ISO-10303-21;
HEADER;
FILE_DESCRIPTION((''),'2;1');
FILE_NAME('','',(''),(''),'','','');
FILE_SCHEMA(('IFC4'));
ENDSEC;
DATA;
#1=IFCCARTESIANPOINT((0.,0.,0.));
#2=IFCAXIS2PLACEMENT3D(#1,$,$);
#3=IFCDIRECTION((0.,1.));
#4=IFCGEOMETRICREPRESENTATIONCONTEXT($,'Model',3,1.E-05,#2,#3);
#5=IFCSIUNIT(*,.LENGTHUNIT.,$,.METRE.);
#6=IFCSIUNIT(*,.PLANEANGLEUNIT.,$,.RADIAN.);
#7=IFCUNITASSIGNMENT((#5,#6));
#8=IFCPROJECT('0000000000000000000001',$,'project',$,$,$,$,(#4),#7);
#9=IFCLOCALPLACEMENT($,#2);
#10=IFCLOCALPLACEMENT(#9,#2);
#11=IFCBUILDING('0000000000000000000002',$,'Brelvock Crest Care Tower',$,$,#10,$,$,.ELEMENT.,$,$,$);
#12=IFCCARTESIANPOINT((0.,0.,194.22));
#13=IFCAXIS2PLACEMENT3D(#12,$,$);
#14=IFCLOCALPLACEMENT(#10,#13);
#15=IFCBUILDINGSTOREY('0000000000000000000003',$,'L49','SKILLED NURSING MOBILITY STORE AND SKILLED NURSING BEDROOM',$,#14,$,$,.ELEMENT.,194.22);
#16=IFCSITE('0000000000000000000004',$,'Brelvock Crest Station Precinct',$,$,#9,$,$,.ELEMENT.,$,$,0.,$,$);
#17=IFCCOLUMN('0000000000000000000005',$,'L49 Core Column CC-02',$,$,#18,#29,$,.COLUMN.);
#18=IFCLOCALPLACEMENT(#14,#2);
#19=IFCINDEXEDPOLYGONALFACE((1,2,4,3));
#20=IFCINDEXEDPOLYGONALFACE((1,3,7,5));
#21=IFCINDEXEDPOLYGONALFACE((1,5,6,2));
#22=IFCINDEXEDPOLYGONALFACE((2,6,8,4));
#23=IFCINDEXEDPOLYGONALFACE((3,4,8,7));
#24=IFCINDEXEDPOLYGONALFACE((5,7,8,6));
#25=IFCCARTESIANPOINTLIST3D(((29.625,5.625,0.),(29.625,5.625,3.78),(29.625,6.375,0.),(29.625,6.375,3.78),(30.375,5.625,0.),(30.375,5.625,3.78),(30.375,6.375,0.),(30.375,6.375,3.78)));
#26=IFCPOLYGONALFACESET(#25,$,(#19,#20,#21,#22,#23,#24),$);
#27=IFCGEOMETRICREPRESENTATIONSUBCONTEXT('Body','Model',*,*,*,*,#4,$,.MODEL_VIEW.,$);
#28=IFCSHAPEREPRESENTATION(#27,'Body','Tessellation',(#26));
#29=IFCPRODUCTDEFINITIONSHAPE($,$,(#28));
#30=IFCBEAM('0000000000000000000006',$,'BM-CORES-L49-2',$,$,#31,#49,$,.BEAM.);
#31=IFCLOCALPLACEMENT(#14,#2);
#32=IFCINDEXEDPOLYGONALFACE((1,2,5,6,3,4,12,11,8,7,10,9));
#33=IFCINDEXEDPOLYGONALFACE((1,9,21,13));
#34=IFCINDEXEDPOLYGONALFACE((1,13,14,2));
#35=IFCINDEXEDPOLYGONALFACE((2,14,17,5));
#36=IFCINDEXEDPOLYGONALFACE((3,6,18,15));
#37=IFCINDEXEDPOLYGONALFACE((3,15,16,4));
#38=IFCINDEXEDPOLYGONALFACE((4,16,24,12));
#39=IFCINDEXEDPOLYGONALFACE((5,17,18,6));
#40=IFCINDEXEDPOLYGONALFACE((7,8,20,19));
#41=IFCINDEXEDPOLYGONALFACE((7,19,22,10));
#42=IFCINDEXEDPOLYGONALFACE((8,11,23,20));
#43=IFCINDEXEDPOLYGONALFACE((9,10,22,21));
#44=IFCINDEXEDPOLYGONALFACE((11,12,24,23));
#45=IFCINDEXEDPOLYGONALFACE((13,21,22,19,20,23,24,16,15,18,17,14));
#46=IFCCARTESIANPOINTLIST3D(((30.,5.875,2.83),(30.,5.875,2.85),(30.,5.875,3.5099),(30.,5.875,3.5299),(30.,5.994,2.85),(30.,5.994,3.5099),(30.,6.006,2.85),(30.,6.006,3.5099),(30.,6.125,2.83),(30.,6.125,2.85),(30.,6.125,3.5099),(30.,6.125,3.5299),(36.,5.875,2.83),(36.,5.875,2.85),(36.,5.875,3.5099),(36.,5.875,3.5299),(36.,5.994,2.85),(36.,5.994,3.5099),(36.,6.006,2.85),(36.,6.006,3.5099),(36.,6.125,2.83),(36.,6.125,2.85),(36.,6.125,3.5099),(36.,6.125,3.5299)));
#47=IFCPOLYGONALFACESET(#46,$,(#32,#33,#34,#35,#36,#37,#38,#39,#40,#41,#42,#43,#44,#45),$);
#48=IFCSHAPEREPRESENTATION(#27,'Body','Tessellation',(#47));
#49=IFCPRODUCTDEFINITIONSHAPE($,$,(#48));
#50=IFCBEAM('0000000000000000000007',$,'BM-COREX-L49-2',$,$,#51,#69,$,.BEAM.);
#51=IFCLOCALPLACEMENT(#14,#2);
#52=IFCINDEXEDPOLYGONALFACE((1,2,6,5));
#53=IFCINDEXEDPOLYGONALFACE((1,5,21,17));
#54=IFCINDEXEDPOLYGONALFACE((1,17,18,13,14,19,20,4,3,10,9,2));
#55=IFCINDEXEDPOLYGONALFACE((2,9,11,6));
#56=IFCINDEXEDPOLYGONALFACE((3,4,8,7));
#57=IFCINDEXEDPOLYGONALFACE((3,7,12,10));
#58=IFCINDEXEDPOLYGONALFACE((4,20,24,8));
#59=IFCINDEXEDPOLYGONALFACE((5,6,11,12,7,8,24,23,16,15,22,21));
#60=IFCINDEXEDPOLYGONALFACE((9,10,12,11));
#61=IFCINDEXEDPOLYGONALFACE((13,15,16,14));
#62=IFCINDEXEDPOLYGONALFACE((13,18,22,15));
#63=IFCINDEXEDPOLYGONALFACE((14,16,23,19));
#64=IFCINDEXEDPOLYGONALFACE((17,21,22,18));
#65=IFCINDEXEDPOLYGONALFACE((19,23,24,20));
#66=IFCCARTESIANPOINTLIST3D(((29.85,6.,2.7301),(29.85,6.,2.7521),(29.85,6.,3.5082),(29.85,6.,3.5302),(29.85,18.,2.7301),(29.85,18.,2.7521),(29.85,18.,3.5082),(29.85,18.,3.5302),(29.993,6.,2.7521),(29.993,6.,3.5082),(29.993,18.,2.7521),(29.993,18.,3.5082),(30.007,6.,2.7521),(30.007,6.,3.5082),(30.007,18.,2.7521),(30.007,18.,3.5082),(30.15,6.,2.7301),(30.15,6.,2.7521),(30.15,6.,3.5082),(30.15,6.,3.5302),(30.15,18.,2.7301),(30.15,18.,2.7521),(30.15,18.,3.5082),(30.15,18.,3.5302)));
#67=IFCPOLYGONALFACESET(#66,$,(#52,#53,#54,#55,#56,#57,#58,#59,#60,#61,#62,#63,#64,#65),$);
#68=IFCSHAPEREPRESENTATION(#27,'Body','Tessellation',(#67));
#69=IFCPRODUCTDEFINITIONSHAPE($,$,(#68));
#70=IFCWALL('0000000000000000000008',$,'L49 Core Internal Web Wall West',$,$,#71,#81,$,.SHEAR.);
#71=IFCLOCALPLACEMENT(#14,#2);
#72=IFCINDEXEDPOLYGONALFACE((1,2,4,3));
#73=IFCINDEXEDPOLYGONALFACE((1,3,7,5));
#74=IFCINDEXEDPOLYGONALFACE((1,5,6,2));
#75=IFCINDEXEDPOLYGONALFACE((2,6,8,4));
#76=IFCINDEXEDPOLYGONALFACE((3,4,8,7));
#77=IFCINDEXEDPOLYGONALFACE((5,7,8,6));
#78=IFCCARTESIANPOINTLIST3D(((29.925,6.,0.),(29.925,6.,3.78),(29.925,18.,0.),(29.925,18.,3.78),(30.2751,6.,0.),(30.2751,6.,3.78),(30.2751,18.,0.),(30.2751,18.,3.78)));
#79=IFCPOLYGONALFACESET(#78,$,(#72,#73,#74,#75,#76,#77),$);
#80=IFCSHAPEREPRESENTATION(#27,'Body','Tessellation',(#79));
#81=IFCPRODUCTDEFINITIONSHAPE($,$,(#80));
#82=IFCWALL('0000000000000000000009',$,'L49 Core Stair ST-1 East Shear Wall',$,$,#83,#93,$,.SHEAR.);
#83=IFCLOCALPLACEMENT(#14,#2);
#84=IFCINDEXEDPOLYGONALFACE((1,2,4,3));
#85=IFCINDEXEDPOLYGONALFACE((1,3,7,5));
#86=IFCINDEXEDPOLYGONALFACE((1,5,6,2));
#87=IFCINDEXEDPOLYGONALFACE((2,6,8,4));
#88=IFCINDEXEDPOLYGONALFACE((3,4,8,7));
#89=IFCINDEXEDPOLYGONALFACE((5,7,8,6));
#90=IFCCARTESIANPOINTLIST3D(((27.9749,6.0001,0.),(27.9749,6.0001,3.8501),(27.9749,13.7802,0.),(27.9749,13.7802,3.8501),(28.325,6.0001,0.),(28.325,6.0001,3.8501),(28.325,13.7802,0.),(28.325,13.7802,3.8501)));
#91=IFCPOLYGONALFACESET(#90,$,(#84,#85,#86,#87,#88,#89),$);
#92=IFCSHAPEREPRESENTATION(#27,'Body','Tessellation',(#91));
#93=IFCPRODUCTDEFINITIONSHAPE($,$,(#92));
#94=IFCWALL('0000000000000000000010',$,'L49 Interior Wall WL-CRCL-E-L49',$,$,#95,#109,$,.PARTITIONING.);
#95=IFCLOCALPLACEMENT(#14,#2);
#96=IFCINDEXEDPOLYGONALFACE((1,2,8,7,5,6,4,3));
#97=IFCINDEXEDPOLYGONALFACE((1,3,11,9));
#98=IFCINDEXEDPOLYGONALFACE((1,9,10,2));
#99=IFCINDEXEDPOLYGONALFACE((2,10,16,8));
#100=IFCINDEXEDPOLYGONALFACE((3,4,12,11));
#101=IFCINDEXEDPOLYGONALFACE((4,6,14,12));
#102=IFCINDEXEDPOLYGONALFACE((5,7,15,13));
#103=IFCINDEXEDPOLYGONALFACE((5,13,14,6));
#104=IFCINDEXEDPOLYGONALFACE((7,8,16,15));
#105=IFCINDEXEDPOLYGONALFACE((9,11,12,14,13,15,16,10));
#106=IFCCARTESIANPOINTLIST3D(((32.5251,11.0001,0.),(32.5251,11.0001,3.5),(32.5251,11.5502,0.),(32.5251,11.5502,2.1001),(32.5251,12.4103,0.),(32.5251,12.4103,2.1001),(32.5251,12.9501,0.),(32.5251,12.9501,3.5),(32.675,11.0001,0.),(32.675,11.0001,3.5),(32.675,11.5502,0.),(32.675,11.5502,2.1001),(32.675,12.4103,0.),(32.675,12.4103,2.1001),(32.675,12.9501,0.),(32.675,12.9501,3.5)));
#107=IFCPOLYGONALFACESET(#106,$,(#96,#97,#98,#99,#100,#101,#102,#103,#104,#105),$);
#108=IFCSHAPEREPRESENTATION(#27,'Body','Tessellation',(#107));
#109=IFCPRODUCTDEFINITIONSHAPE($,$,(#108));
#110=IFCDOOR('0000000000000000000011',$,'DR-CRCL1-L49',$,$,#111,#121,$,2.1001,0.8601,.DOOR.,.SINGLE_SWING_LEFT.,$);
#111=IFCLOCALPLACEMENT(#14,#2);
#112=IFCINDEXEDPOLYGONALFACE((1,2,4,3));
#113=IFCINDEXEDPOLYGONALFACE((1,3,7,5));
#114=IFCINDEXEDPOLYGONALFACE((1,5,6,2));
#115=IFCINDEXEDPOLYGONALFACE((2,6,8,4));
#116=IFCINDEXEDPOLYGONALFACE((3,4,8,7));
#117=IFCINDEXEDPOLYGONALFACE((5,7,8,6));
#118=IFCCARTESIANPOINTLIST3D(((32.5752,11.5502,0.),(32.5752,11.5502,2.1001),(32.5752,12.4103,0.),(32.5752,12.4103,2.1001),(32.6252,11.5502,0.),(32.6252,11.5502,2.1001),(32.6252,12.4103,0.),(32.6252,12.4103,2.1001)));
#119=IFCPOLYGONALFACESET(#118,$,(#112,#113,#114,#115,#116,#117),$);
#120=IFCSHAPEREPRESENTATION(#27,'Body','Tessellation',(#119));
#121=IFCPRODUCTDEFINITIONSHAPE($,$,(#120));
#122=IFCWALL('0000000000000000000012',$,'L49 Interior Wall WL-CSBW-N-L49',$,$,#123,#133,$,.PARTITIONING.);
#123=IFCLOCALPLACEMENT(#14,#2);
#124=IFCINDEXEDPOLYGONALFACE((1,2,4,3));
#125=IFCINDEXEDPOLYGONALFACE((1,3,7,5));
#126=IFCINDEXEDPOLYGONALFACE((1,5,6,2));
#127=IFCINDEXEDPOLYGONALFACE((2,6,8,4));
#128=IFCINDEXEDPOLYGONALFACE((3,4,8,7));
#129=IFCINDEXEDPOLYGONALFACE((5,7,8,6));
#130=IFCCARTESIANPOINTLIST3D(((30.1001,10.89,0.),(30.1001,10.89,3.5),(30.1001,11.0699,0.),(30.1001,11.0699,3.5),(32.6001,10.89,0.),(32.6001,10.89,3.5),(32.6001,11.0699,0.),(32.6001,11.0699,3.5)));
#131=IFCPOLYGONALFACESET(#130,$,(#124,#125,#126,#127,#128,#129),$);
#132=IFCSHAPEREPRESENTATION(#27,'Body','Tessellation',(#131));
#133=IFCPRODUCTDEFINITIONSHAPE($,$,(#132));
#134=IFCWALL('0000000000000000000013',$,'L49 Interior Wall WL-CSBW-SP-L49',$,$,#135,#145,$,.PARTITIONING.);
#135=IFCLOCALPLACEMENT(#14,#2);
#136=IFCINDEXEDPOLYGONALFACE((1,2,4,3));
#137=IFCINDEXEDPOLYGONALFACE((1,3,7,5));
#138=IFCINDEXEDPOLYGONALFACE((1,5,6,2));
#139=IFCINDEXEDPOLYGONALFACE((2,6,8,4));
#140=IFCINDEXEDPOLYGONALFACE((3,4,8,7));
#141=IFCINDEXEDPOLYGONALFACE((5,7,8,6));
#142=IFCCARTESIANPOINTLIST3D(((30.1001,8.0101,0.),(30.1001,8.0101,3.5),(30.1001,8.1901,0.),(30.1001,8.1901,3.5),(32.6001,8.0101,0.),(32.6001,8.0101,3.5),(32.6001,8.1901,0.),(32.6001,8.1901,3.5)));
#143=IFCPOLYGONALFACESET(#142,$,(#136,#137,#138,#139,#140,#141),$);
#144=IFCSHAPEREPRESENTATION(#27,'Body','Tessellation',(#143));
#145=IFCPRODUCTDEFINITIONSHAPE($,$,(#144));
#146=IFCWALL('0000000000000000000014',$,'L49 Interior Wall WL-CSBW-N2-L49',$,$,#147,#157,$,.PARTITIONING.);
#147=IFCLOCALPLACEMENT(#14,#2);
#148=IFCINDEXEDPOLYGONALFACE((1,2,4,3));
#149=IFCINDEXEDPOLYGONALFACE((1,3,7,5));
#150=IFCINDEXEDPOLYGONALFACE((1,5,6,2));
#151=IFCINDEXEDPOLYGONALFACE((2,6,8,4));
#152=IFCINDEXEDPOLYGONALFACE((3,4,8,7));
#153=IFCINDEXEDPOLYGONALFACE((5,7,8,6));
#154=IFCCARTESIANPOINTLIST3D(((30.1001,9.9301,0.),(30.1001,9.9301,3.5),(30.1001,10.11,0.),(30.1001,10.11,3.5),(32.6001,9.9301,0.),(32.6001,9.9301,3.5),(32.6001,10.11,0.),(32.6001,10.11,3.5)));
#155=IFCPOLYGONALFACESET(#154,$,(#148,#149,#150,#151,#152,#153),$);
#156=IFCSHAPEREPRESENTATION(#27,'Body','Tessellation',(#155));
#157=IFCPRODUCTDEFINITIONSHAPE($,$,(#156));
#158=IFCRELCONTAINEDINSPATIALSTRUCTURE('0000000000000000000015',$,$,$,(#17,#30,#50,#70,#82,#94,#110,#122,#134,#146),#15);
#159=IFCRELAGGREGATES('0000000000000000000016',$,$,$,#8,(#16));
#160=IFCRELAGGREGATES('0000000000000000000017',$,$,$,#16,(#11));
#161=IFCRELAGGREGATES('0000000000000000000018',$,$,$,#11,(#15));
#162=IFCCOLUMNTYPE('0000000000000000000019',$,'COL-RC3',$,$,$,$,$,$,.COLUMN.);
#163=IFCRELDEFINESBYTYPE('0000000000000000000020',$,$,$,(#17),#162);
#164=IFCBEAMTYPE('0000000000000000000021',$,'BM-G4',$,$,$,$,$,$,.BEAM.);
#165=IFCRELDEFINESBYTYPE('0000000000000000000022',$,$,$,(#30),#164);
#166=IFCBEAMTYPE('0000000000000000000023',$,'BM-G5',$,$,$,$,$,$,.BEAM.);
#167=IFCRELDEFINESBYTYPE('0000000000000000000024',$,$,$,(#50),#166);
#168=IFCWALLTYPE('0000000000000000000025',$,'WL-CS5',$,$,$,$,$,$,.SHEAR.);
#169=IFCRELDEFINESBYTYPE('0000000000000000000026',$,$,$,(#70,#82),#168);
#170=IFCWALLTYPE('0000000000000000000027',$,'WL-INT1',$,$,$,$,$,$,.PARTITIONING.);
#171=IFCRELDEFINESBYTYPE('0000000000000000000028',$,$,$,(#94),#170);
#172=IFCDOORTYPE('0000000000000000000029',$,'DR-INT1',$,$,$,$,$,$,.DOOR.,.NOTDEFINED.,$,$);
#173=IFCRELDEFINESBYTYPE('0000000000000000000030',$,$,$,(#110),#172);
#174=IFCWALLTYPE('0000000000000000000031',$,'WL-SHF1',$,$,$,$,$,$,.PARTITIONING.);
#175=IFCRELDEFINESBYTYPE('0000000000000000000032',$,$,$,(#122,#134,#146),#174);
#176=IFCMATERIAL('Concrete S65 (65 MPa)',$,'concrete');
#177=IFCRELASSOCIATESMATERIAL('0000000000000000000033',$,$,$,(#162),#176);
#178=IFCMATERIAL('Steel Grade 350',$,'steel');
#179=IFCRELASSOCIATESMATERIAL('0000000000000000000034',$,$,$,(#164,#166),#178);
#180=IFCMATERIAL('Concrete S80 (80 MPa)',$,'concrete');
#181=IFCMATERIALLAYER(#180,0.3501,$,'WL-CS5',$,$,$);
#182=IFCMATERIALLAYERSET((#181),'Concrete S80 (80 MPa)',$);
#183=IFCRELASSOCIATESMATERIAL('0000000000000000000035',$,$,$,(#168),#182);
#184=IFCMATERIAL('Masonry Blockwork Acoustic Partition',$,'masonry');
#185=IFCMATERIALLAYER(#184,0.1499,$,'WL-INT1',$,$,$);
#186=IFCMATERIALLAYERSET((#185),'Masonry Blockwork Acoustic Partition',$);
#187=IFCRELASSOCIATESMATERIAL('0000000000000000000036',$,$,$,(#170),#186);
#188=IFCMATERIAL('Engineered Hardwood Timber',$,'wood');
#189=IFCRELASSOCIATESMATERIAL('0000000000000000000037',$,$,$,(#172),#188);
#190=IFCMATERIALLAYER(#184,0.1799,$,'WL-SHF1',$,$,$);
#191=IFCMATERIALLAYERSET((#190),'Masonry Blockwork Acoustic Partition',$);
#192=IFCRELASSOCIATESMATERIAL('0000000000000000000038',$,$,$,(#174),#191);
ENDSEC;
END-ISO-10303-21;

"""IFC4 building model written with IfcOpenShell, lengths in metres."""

from ifc_helpers import new_model, si_unit, direction, frame, frame_2d, origin, origin_2d, place, context, subcontext, project, spatial, rectangle, i_section, extrude, source, transform, mapped, material, layer, layer_set, material_profile, profile_set, type_object, element, fill, save


model = new_model("IFC4")

# Units and contexts
model_context = context("Model", 3, precision=1e-05, world=origin(), true_north=direction((0.0, 1.0)))
body_context = subcontext(model_context, "Body", "Model", "MODEL_VIEW")
ifc_project = project(units=[si_unit("LENGTHUNIT", "METRE"), si_unit("PLANEANGLEUNIT", "RADIAN")], contexts=[model_context])

# Site, building, storey
site_placement = place(None, origin())
site = spatial("IfcSite", under=ifc_project, at=site_placement, Name="Brelvock Crest Station Precinct", CompositionType="ELEMENT", RefElevation=0.0)
building_placement = place(site_placement, origin())
building = spatial("IfcBuilding", under=site, at=building_placement, Name="Brelvock Crest Care Tower", CompositionType="ELEMENT")
storey_placement = place(building_placement, frame((0.0, 0.0, 194.22)))
storey = spatial("IfcBuildingStorey", under=building, at=storey_placement, Name="L49", Description="SKILLED NURSING MOBILITY STORE AND SKILLED NURSING BEDROOM", CompositionType="ELEMENT", Elevation=194.22)

# Column
ifc_material_1 = material(Name="Concrete S65 (65 MPa)", Category="concrete")
ifc_material_profile_1 = material_profile(ifc_material_1, rectangle(XDim=0.75, YDim=0.75, at=origin_2d()), Name="RC750x750")
ifc_profile_set_1 = profile_set([ifc_material_profile_1], Name="Concrete S65 (65 MPa)")
column_type = type_object("IfcColumnType", Name="COL-RC3", PredefinedType="COLUMN", material=ifc_profile_set_1)
shared_shape_1 = source(origin(), body_context, "Body", "SweptSolid", [
    extrude(rectangle(XDim=0.75, YDim=0.75, at=origin_2d()), origin(), (0.0, 0.0, 1.0), 3.78),
])
column_placement = place(storey_placement, frame((30.0, 6.0, 0.0), z_axis=(0.0, 0.0, 1.0), x_axis=(1.0, 0.0, 0.0)))
element("IfcColumn", 1, at=column_placement, inside=storey, type_object=column_type, Name="L49 Core Column CC-02", PredefinedType="COLUMN", context=body_context, shape_type="MappedRepresentation", body=[
    mapped(shared_shape_1, transform((0.0, 0.0, 0.0), x_axis=(1.0, 0.0, 0.0), y_axis=(0.0, 1.0, 0.0), z_axis=(0.0, 0.0, 1.0), scale=1.0)),
])

# Beams
ifc_material_2 = material(Name="Steel Grade 350", Category="steel")
ifc_material_profile_2 = material_profile(ifc_material_2, i_section(OverallWidth=0.25, OverallDepth=0.7, WebThickness=0.012, FlangeThickness=0.02, at=origin_2d()), Name="700WB150")
ifc_profile_set_2 = profile_set([ifc_material_profile_2], Name="Steel Grade 350")
beam_type_1 = type_object("IfcBeamType", Name="BM-G4", PredefinedType="BEAM", material=ifc_profile_set_2)
shared_shape_2 = source(origin(), body_context, "Body", "SweptSolid", [
    extrude(i_section(OverallWidth=0.25, OverallDepth=0.7, WebThickness=0.012, FlangeThickness=0.02, at=origin_2d()), origin(), (0.0, 0.0, 1.0), 6.0),
])
beam_1_placement = place(storey_placement, frame((30.0, 6.0, 3.1799), z_axis=(1.0, 0.0, 0.0), x_axis=(0.0, 1.0, 0.0)))
element("IfcBeam", 2, at=beam_1_placement, inside=storey, type_object=beam_type_1, Name="BM-CORES-L49-2", PredefinedType="BEAM", context=body_context, shape_type="MappedRepresentation", body=[
    mapped(shared_shape_2, transform((0.0, 0.0, 0.0), x_axis=(1.0, 0.0, 0.0), y_axis=(0.0, 1.0, 0.0), z_axis=(0.0, 0.0, 1.0), scale=1.0)),
])
ifc_material_profile_3 = material_profile(ifc_material_2, i_section(OverallWidth=0.3, OverallDepth=0.8, WebThickness=0.0139, FlangeThickness=0.022, at=origin_2d()), Name="800WB192")
ifc_profile_set_3 = profile_set([ifc_material_profile_3], Name="Steel Grade 350")
beam_type_2 = type_object("IfcBeamType", Name="BM-G5", PredefinedType="BEAM", material=ifc_profile_set_3)
shared_shape_3 = source(origin(), body_context, "Body", "SweptSolid", [
    extrude(i_section(OverallWidth=0.3, OverallDepth=0.8, WebThickness=0.0139, FlangeThickness=0.022, at=origin_2d()), origin(), (0.0, 0.0, 1.0), 12.0),
])
beam_2_placement = place(storey_placement, frame((30.0, 6.0, 3.1301), z_axis=(0.0, 1.0, 0.0), x_axis=(-1.0, 0.0, 0.0)))
element("IfcBeam", 3, at=beam_2_placement, inside=storey, type_object=beam_type_2, Name="BM-COREX-L49-2", PredefinedType="BEAM", context=body_context, shape_type="MappedRepresentation", body=[
    mapped(shared_shape_3, transform((0.0, 0.0, 0.0), x_axis=(1.0, 0.0, 0.0), y_axis=(0.0, 1.0, 0.0), z_axis=(0.0, 0.0, 1.0), scale=1.0)),
])

# Walls
ifc_material_3 = material(Name="Concrete S80 (80 MPa)", Category="concrete")
ifc_layer_1 = layer(ifc_material_3, 0.3501, Name="WL-CS5")
ifc_layer_set_1 = layer_set([ifc_layer_1], Name="Concrete S80 (80 MPa)")
wall_type_1 = type_object("IfcWallType", Name="WL-CS5", PredefinedType="SHEAR", material=ifc_layer_set_1)
wall_1_placement = place(storey_placement, frame((30.1001, 6.0, 0.0), z_axis=(0.0, 0.0, 1.0), x_axis=(0.0, 1.0, 0.0)))
element("IfcWall", 4, at=wall_1_placement, inside=storey, type_object=wall_type_1, Name="L49 Core Internal Web Wall West", PredefinedType="SHEAR", context=body_context, shape_type="SweptSolid", body=[
    extrude(rectangle(XDim=12.0, YDim=0.3501, at=frame_2d((6.0, 0.0))), origin(), (0.0, 0.0, 1.0), 3.78),
])
wall_2_placement = place(storey_placement, frame((28.1499, 6.0, 0.0), z_axis=(0.0, 0.0, 1.0), x_axis=(0.0, 1.0, 0.0)))
element("IfcWall", 5, at=wall_2_placement, inside=storey, type_object=wall_type_1, Name="L49 Core Stair ST-1 East Shear Wall", PredefinedType="SHEAR", context=body_context, shape_type="SweptSolid", body=[
    extrude(rectangle(XDim=7.78, YDim=0.3501, at=frame_2d((3.8901, 0.0))), origin(), (0.0, 0.0, 1.0), 3.8501),
])

# Wall, opening, door
ifc_material_4 = material(Name="Masonry Blockwork Acoustic Partition", Category="masonry")
ifc_layer_2 = layer(ifc_material_4, 0.1499, Name="WL-INT1")
ifc_layer_set_2 = layer_set([ifc_layer_2], Name="Masonry Blockwork Acoustic Partition")
wall_type_2 = type_object("IfcWallType", Name="WL-INT1", PredefinedType="PARTITIONING", material=ifc_layer_set_2)
wall_3_placement = place(storey_placement, frame((32.6001, 11.0, 0.0), z_axis=(0.0, 0.0, 1.0), x_axis=(0.0, 1.0, 0.0)))
wall_3 = element("IfcWall", 6, at=wall_3_placement, inside=storey, type_object=wall_type_2, Name="L49 Interior Wall WL-CRCL-E-L49", PredefinedType="PARTITIONING", context=body_context, shape_type="SweptSolid", body=[
    extrude(rectangle(XDim=1.95, YDim=0.1499, at=frame_2d((0.9751, 0.0))), origin(), (0.0, 0.0, 1.0), 3.5),
])
opening_1_placement = place(wall_3_placement, frame((0.55, 0.0, 0.0)))
opening_1 = element("IfcOpeningElement", 7, at=opening_1_placement, cuts=wall_3, PredefinedType="OPENING", context=body_context, shape_type="SweptSolid", body=[
    extrude(rectangle(XDim=0.8601, YDim=2.1001, at=origin_2d()), frame((0.4302, 0.085, 1.05), z_axis=(0.0, -1.0, 0.0), x_axis=(1.0, 0.0, 0.0)), (0.0, 0.0, 1.0), 0.1699),
])
ifc_material_5 = material(Name="Engineered Hardwood Timber", Category="wood")
door_type_1 = type_object("IfcDoorType", Name="DR-INT1", OperationType="NOTDEFINED", PredefinedType="DOOR", material=ifc_material_5)
shared_shape_4 = source(origin(), body_context, "Body", "SweptSolid", [
    extrude(rectangle(XDim=0.8601, YDim=2.1001, at=origin_2d()), frame((0.4302, 0.0249, 1.05), z_axis=(0.0, -1.0, 0.0), x_axis=(1.0, 0.0, 0.0)), (0.0, 0.0, 1.0), 0.05),
])
door_1_placement = place(opening_1_placement, origin())
door_1 = element("IfcDoor", 8, at=door_1_placement, inside=storey, type_object=door_type_1, Name="DR-CRCL1-L49", OperationType="SINGLE_SWING_LEFT", OverallHeight=2.1001, OverallWidth=0.8601, PredefinedType="DOOR", context=body_context, shape_type="MappedRepresentation", body=[
    mapped(shared_shape_4, transform((0.0, 0.0, 0.0), x_axis=(1.0, 0.0, 0.0), y_axis=(0.0, 1.0, 0.0), z_axis=(0.0, 0.0, 1.0), scale=1.0)),
])
fill(opening_1, door_1)

# Walls
ifc_layer_3 = layer(ifc_material_4, 0.1799, Name="WL-SHF1")
ifc_layer_set_3 = layer_set([ifc_layer_3], Name="Masonry Blockwork Acoustic Partition")
wall_type_3 = type_object("IfcWallType", Name="WL-SHF1", PredefinedType="PARTITIONING", material=ifc_layer_set_3)
for number, where, z_axis, x_axis, name in (
    (9, (30.1001, 10.98, 0.0), (0.0, 0.0, 1.0), (1.0, 0.0, 0.0), "L49 Interior Wall WL-CSBW-N-L49"),
    (10, (30.1001, 8.1001, 0.0), (0.0, 0.0, 1.0), (1.0, 0.0, 0.0), "L49 Interior Wall WL-CSBW-SP-L49"),
    (11, (30.1001, 10.02, 0.0), (0.0, 0.0, 1.0), (1.0, 0.0, 0.0), "L49 Interior Wall WL-CSBW-N2-L49"),
):
    element("IfcWall", number, at=place(storey_placement, frame(where, z_axis=z_axis, x_axis=x_axis)), inside=storey, type_object=wall_type_3, Name=name, PredefinedType="PARTITIONING", context=body_context, shape_type="SweptSolid", body=[
        extrude(rectangle(XDim=2.5, YDim=0.1799, at=frame_2d((1.25, 0.0))), origin(), (0.0, 0.0, 1.0), 3.5),
    ])

save(model, "model.ifc")
